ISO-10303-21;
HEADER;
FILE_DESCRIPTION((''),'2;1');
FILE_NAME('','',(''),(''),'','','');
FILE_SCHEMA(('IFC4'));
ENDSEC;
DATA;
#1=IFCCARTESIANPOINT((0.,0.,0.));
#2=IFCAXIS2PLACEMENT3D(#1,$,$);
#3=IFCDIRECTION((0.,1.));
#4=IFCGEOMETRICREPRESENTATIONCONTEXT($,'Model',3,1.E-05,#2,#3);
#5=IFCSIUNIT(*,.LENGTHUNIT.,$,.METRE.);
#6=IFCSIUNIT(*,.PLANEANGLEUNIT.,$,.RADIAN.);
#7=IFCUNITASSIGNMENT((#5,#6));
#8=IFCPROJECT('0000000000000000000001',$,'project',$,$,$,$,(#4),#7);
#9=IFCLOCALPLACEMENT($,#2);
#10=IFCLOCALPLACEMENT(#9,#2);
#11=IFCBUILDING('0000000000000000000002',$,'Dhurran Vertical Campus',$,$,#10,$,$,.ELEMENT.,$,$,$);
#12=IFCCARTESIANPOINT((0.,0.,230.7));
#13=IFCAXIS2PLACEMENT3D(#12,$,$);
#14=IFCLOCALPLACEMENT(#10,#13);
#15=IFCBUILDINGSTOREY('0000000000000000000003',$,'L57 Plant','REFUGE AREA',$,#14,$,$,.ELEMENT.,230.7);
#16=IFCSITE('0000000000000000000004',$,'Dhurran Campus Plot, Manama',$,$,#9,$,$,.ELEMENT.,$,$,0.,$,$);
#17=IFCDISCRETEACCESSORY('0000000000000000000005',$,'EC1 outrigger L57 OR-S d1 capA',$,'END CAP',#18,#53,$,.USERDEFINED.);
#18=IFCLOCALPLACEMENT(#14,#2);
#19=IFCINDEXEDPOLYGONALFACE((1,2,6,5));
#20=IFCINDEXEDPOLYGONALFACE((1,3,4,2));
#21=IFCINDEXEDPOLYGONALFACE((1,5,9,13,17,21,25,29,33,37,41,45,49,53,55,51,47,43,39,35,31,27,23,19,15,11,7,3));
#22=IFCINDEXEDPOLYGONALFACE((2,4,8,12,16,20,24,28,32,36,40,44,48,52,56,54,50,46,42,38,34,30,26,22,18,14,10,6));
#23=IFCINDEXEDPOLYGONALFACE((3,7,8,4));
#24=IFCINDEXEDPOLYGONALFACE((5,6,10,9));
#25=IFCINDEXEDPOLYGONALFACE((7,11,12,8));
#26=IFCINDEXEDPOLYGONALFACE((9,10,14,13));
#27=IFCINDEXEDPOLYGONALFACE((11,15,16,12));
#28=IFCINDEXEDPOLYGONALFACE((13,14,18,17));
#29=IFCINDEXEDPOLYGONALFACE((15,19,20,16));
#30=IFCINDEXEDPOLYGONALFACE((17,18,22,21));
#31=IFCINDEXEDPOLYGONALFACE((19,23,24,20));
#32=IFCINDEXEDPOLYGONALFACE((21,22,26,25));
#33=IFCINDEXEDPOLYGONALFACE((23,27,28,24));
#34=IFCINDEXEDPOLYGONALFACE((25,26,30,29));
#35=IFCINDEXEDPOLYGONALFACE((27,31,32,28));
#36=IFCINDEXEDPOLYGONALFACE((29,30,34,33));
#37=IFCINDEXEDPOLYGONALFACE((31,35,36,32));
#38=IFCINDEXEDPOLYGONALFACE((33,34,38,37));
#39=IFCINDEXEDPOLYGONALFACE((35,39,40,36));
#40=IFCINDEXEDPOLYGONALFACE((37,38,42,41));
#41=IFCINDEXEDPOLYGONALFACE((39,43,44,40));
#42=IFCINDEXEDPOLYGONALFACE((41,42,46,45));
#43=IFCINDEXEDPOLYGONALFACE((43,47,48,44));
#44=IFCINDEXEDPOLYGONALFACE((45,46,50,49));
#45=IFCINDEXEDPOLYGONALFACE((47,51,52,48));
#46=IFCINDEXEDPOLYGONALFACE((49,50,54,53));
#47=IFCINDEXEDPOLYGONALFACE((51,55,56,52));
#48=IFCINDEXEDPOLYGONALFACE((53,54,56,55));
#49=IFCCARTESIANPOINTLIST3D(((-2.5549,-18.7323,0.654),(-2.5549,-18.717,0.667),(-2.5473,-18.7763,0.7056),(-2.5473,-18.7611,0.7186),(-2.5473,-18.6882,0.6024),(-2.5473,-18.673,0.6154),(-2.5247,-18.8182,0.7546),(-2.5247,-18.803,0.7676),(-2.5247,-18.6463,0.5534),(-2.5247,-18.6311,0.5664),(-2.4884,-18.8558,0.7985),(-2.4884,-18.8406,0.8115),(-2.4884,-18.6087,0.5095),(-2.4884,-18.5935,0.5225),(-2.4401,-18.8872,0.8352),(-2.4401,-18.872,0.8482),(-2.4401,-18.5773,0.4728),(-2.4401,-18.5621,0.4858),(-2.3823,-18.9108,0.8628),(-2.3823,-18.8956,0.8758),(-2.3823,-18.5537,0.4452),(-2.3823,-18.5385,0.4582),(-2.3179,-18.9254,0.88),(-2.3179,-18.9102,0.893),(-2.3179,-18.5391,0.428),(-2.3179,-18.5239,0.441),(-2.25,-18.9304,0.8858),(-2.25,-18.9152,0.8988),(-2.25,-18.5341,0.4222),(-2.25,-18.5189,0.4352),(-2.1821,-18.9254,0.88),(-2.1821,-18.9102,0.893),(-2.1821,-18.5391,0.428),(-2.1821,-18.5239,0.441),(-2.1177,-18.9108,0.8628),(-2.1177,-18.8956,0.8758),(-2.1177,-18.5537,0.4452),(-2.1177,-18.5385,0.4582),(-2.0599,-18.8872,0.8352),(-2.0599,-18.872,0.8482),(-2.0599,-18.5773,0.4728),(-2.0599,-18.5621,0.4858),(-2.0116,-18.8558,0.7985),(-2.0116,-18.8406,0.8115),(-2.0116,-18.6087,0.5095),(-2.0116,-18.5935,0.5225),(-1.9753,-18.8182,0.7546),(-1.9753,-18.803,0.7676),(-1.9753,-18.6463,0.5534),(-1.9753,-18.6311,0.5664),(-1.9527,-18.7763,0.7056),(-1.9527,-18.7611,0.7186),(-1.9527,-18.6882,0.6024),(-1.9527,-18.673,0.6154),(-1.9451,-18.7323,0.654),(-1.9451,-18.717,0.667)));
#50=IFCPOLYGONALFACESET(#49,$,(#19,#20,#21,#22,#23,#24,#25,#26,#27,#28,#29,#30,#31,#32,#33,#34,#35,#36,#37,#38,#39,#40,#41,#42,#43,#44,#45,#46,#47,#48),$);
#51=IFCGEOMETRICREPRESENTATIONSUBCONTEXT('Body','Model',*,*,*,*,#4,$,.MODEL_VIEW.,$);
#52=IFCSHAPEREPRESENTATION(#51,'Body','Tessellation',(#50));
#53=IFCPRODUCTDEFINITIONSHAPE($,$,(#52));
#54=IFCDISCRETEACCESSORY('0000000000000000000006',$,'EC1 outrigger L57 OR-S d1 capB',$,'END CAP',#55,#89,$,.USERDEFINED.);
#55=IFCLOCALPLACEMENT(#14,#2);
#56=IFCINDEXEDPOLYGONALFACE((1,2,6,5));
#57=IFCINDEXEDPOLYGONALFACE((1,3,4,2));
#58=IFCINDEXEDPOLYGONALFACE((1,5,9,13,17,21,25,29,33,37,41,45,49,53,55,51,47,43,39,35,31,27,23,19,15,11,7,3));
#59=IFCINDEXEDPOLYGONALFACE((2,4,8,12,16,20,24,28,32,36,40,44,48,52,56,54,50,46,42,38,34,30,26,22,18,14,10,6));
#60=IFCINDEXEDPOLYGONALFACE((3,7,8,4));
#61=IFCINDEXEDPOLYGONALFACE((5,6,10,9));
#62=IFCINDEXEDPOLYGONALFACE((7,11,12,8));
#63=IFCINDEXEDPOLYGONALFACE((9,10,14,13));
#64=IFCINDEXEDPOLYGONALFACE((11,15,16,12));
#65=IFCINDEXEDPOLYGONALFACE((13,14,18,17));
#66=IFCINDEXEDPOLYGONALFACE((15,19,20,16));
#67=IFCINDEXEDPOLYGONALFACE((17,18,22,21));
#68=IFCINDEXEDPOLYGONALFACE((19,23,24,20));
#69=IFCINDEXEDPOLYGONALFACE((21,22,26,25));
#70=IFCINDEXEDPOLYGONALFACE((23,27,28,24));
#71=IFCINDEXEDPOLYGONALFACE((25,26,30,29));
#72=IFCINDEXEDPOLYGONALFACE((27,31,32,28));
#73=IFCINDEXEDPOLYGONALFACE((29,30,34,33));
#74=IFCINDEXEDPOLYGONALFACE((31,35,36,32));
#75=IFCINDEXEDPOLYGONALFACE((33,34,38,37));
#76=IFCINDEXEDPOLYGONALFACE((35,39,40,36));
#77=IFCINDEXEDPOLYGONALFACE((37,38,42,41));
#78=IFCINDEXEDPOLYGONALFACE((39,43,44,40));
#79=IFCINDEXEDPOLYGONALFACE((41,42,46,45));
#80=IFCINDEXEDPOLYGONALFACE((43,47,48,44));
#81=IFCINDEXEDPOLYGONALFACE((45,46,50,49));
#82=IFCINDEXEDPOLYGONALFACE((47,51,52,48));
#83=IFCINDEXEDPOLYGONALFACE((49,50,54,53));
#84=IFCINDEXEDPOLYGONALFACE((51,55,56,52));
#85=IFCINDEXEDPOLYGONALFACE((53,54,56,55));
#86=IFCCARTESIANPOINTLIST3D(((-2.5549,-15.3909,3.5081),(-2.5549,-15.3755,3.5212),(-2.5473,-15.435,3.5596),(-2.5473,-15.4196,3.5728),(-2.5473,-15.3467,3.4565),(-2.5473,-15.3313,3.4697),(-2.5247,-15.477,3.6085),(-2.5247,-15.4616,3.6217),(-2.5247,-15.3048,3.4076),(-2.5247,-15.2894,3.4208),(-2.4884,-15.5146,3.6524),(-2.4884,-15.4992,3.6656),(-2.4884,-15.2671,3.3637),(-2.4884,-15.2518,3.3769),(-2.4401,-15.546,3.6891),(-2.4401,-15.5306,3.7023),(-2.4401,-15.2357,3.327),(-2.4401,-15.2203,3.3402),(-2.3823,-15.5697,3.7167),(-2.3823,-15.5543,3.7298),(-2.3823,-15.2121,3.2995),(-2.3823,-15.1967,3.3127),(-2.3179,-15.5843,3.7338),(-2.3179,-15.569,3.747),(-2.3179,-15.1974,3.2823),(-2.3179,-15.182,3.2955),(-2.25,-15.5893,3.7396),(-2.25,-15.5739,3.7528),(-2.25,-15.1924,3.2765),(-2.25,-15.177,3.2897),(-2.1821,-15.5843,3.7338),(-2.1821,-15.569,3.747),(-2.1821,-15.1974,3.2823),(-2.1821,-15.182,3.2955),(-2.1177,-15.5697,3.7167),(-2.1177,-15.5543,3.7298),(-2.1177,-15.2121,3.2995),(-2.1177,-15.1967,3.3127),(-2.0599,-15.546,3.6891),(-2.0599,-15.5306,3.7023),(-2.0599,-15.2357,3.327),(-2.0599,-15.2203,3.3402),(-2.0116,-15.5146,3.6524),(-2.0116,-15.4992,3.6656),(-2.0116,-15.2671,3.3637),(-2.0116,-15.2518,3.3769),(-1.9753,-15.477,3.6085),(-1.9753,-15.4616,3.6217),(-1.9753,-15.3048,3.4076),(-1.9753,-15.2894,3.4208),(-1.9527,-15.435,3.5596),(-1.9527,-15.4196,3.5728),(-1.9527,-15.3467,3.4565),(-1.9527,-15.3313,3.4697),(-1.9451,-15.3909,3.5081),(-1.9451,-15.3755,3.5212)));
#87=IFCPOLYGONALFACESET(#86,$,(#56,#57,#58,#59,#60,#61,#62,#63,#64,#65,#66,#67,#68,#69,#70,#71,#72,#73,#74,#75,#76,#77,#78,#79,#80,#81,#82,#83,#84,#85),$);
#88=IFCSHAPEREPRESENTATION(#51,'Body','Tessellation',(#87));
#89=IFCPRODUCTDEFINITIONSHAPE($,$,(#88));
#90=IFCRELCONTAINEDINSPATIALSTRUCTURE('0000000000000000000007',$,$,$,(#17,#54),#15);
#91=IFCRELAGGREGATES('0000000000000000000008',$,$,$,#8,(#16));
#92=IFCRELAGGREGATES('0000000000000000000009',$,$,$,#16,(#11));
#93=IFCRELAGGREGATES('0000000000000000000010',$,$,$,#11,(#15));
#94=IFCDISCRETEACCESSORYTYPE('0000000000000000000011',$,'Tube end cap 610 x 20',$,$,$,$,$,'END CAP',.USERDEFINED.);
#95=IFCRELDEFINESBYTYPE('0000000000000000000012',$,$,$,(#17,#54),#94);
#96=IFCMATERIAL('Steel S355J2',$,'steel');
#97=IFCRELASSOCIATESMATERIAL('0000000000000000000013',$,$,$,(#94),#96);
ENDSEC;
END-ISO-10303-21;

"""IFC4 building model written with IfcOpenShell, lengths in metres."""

from ifc_helpers import new_model, si_unit, direction, frame, origin, origin_2d, place, context, subcontext, project, spatial, circle, extrude, material, material_profile, profile_set, type_object, element, save


model = new_model("IFC4")

# Units and contexts
model_context = context("Model", 3, precision=1e-05, world=origin(), true_north=direction((0.0, 1.0)))
body_context = subcontext(model_context, "Body", "Model", "MODEL_VIEW")
ifc_project = project(units=[si_unit("LENGTHUNIT", "METRE"), si_unit("PLANEANGLEUNIT", "RADIAN")], contexts=[model_context])

# Site, building, storey
site_placement = place(None, origin())
site = spatial("IfcSite", under=ifc_project, at=site_placement, Name="Dhurran Campus Plot, Manama", CompositionType="ELEMENT", RefElevation=0.0)
building_placement = place(site_placement, origin())
building = spatial("IfcBuilding", under=site, at=building_placement, Name="Dhurran Vertical Campus", CompositionType="ELEMENT")
storey_placement = place(building_placement, frame((0.0, 0.0, 230.7)))
storey = spatial("IfcBuildingStorey", under=building, at=storey_placement, Name="L57 Plant", Description="REFUGE AREA", CompositionType="ELEMENT", Elevation=230.7)

# Discrete accessories
ifc_material_1 = material(Name="Steel S355J2", Category="steel")
ifc_material_profile_1 = material_profile(ifc_material_1, circle(Radius=0.3049, at=origin_2d()), Name="Tube end cap 610 x 20")
ifc_profile_set_1 = profile_set([ifc_material_profile_1], Name="Steel S355J2")
discrete_accessory_type_1 = type_object("IfcDiscreteAccessoryType", Name="Tube end cap 610 x 20", ElementType="END CAP", PredefinedType="USERDEFINED", material=ifc_profile_set_1)
discrete_accessory_1_placement = place(storey_placement, frame((-2.25, -18.717, 0.667), z_axis=(0.0, -0.760121, -0.649781), x_axis=(1.0, 0.0, 0.0)))
element("IfcDiscreteAccessory", 1, at=discrete_accessory_1_placement, inside=storey, type_object=discrete_accessory_type_1, Name="EC1 outrigger L57 OR-S d1 capA", ObjectType="END CAP", PredefinedType="USERDEFINED", context=body_context, shape_type="SweptSolid", body=[
    extrude(circle(Radius=0.3049, at=origin_2d()), origin(), (0.0, 0.0, 1.0), 0.02),
])
discrete_accessory_2_placement = place(storey_placement, frame((-2.25, -15.3909, 3.5081), z_axis=(0.0, 0.759257, 0.650791), x_axis=(-1.0, 0.0, 0.0)))
element("IfcDiscreteAccessory", 2, at=discrete_accessory_2_placement, inside=storey, type_object=discrete_accessory_type_1, Name="EC1 outrigger L57 OR-S d1 capB", ObjectType="END CAP", PredefinedType="USERDEFINED", context=body_context, shape_type="SweptSolid", body=[
    extrude(circle(Radius=0.3049, at=origin_2d()), origin(), (0.0, 0.0, 1.0), 0.0203),
])

save(model, "model.ifc")
